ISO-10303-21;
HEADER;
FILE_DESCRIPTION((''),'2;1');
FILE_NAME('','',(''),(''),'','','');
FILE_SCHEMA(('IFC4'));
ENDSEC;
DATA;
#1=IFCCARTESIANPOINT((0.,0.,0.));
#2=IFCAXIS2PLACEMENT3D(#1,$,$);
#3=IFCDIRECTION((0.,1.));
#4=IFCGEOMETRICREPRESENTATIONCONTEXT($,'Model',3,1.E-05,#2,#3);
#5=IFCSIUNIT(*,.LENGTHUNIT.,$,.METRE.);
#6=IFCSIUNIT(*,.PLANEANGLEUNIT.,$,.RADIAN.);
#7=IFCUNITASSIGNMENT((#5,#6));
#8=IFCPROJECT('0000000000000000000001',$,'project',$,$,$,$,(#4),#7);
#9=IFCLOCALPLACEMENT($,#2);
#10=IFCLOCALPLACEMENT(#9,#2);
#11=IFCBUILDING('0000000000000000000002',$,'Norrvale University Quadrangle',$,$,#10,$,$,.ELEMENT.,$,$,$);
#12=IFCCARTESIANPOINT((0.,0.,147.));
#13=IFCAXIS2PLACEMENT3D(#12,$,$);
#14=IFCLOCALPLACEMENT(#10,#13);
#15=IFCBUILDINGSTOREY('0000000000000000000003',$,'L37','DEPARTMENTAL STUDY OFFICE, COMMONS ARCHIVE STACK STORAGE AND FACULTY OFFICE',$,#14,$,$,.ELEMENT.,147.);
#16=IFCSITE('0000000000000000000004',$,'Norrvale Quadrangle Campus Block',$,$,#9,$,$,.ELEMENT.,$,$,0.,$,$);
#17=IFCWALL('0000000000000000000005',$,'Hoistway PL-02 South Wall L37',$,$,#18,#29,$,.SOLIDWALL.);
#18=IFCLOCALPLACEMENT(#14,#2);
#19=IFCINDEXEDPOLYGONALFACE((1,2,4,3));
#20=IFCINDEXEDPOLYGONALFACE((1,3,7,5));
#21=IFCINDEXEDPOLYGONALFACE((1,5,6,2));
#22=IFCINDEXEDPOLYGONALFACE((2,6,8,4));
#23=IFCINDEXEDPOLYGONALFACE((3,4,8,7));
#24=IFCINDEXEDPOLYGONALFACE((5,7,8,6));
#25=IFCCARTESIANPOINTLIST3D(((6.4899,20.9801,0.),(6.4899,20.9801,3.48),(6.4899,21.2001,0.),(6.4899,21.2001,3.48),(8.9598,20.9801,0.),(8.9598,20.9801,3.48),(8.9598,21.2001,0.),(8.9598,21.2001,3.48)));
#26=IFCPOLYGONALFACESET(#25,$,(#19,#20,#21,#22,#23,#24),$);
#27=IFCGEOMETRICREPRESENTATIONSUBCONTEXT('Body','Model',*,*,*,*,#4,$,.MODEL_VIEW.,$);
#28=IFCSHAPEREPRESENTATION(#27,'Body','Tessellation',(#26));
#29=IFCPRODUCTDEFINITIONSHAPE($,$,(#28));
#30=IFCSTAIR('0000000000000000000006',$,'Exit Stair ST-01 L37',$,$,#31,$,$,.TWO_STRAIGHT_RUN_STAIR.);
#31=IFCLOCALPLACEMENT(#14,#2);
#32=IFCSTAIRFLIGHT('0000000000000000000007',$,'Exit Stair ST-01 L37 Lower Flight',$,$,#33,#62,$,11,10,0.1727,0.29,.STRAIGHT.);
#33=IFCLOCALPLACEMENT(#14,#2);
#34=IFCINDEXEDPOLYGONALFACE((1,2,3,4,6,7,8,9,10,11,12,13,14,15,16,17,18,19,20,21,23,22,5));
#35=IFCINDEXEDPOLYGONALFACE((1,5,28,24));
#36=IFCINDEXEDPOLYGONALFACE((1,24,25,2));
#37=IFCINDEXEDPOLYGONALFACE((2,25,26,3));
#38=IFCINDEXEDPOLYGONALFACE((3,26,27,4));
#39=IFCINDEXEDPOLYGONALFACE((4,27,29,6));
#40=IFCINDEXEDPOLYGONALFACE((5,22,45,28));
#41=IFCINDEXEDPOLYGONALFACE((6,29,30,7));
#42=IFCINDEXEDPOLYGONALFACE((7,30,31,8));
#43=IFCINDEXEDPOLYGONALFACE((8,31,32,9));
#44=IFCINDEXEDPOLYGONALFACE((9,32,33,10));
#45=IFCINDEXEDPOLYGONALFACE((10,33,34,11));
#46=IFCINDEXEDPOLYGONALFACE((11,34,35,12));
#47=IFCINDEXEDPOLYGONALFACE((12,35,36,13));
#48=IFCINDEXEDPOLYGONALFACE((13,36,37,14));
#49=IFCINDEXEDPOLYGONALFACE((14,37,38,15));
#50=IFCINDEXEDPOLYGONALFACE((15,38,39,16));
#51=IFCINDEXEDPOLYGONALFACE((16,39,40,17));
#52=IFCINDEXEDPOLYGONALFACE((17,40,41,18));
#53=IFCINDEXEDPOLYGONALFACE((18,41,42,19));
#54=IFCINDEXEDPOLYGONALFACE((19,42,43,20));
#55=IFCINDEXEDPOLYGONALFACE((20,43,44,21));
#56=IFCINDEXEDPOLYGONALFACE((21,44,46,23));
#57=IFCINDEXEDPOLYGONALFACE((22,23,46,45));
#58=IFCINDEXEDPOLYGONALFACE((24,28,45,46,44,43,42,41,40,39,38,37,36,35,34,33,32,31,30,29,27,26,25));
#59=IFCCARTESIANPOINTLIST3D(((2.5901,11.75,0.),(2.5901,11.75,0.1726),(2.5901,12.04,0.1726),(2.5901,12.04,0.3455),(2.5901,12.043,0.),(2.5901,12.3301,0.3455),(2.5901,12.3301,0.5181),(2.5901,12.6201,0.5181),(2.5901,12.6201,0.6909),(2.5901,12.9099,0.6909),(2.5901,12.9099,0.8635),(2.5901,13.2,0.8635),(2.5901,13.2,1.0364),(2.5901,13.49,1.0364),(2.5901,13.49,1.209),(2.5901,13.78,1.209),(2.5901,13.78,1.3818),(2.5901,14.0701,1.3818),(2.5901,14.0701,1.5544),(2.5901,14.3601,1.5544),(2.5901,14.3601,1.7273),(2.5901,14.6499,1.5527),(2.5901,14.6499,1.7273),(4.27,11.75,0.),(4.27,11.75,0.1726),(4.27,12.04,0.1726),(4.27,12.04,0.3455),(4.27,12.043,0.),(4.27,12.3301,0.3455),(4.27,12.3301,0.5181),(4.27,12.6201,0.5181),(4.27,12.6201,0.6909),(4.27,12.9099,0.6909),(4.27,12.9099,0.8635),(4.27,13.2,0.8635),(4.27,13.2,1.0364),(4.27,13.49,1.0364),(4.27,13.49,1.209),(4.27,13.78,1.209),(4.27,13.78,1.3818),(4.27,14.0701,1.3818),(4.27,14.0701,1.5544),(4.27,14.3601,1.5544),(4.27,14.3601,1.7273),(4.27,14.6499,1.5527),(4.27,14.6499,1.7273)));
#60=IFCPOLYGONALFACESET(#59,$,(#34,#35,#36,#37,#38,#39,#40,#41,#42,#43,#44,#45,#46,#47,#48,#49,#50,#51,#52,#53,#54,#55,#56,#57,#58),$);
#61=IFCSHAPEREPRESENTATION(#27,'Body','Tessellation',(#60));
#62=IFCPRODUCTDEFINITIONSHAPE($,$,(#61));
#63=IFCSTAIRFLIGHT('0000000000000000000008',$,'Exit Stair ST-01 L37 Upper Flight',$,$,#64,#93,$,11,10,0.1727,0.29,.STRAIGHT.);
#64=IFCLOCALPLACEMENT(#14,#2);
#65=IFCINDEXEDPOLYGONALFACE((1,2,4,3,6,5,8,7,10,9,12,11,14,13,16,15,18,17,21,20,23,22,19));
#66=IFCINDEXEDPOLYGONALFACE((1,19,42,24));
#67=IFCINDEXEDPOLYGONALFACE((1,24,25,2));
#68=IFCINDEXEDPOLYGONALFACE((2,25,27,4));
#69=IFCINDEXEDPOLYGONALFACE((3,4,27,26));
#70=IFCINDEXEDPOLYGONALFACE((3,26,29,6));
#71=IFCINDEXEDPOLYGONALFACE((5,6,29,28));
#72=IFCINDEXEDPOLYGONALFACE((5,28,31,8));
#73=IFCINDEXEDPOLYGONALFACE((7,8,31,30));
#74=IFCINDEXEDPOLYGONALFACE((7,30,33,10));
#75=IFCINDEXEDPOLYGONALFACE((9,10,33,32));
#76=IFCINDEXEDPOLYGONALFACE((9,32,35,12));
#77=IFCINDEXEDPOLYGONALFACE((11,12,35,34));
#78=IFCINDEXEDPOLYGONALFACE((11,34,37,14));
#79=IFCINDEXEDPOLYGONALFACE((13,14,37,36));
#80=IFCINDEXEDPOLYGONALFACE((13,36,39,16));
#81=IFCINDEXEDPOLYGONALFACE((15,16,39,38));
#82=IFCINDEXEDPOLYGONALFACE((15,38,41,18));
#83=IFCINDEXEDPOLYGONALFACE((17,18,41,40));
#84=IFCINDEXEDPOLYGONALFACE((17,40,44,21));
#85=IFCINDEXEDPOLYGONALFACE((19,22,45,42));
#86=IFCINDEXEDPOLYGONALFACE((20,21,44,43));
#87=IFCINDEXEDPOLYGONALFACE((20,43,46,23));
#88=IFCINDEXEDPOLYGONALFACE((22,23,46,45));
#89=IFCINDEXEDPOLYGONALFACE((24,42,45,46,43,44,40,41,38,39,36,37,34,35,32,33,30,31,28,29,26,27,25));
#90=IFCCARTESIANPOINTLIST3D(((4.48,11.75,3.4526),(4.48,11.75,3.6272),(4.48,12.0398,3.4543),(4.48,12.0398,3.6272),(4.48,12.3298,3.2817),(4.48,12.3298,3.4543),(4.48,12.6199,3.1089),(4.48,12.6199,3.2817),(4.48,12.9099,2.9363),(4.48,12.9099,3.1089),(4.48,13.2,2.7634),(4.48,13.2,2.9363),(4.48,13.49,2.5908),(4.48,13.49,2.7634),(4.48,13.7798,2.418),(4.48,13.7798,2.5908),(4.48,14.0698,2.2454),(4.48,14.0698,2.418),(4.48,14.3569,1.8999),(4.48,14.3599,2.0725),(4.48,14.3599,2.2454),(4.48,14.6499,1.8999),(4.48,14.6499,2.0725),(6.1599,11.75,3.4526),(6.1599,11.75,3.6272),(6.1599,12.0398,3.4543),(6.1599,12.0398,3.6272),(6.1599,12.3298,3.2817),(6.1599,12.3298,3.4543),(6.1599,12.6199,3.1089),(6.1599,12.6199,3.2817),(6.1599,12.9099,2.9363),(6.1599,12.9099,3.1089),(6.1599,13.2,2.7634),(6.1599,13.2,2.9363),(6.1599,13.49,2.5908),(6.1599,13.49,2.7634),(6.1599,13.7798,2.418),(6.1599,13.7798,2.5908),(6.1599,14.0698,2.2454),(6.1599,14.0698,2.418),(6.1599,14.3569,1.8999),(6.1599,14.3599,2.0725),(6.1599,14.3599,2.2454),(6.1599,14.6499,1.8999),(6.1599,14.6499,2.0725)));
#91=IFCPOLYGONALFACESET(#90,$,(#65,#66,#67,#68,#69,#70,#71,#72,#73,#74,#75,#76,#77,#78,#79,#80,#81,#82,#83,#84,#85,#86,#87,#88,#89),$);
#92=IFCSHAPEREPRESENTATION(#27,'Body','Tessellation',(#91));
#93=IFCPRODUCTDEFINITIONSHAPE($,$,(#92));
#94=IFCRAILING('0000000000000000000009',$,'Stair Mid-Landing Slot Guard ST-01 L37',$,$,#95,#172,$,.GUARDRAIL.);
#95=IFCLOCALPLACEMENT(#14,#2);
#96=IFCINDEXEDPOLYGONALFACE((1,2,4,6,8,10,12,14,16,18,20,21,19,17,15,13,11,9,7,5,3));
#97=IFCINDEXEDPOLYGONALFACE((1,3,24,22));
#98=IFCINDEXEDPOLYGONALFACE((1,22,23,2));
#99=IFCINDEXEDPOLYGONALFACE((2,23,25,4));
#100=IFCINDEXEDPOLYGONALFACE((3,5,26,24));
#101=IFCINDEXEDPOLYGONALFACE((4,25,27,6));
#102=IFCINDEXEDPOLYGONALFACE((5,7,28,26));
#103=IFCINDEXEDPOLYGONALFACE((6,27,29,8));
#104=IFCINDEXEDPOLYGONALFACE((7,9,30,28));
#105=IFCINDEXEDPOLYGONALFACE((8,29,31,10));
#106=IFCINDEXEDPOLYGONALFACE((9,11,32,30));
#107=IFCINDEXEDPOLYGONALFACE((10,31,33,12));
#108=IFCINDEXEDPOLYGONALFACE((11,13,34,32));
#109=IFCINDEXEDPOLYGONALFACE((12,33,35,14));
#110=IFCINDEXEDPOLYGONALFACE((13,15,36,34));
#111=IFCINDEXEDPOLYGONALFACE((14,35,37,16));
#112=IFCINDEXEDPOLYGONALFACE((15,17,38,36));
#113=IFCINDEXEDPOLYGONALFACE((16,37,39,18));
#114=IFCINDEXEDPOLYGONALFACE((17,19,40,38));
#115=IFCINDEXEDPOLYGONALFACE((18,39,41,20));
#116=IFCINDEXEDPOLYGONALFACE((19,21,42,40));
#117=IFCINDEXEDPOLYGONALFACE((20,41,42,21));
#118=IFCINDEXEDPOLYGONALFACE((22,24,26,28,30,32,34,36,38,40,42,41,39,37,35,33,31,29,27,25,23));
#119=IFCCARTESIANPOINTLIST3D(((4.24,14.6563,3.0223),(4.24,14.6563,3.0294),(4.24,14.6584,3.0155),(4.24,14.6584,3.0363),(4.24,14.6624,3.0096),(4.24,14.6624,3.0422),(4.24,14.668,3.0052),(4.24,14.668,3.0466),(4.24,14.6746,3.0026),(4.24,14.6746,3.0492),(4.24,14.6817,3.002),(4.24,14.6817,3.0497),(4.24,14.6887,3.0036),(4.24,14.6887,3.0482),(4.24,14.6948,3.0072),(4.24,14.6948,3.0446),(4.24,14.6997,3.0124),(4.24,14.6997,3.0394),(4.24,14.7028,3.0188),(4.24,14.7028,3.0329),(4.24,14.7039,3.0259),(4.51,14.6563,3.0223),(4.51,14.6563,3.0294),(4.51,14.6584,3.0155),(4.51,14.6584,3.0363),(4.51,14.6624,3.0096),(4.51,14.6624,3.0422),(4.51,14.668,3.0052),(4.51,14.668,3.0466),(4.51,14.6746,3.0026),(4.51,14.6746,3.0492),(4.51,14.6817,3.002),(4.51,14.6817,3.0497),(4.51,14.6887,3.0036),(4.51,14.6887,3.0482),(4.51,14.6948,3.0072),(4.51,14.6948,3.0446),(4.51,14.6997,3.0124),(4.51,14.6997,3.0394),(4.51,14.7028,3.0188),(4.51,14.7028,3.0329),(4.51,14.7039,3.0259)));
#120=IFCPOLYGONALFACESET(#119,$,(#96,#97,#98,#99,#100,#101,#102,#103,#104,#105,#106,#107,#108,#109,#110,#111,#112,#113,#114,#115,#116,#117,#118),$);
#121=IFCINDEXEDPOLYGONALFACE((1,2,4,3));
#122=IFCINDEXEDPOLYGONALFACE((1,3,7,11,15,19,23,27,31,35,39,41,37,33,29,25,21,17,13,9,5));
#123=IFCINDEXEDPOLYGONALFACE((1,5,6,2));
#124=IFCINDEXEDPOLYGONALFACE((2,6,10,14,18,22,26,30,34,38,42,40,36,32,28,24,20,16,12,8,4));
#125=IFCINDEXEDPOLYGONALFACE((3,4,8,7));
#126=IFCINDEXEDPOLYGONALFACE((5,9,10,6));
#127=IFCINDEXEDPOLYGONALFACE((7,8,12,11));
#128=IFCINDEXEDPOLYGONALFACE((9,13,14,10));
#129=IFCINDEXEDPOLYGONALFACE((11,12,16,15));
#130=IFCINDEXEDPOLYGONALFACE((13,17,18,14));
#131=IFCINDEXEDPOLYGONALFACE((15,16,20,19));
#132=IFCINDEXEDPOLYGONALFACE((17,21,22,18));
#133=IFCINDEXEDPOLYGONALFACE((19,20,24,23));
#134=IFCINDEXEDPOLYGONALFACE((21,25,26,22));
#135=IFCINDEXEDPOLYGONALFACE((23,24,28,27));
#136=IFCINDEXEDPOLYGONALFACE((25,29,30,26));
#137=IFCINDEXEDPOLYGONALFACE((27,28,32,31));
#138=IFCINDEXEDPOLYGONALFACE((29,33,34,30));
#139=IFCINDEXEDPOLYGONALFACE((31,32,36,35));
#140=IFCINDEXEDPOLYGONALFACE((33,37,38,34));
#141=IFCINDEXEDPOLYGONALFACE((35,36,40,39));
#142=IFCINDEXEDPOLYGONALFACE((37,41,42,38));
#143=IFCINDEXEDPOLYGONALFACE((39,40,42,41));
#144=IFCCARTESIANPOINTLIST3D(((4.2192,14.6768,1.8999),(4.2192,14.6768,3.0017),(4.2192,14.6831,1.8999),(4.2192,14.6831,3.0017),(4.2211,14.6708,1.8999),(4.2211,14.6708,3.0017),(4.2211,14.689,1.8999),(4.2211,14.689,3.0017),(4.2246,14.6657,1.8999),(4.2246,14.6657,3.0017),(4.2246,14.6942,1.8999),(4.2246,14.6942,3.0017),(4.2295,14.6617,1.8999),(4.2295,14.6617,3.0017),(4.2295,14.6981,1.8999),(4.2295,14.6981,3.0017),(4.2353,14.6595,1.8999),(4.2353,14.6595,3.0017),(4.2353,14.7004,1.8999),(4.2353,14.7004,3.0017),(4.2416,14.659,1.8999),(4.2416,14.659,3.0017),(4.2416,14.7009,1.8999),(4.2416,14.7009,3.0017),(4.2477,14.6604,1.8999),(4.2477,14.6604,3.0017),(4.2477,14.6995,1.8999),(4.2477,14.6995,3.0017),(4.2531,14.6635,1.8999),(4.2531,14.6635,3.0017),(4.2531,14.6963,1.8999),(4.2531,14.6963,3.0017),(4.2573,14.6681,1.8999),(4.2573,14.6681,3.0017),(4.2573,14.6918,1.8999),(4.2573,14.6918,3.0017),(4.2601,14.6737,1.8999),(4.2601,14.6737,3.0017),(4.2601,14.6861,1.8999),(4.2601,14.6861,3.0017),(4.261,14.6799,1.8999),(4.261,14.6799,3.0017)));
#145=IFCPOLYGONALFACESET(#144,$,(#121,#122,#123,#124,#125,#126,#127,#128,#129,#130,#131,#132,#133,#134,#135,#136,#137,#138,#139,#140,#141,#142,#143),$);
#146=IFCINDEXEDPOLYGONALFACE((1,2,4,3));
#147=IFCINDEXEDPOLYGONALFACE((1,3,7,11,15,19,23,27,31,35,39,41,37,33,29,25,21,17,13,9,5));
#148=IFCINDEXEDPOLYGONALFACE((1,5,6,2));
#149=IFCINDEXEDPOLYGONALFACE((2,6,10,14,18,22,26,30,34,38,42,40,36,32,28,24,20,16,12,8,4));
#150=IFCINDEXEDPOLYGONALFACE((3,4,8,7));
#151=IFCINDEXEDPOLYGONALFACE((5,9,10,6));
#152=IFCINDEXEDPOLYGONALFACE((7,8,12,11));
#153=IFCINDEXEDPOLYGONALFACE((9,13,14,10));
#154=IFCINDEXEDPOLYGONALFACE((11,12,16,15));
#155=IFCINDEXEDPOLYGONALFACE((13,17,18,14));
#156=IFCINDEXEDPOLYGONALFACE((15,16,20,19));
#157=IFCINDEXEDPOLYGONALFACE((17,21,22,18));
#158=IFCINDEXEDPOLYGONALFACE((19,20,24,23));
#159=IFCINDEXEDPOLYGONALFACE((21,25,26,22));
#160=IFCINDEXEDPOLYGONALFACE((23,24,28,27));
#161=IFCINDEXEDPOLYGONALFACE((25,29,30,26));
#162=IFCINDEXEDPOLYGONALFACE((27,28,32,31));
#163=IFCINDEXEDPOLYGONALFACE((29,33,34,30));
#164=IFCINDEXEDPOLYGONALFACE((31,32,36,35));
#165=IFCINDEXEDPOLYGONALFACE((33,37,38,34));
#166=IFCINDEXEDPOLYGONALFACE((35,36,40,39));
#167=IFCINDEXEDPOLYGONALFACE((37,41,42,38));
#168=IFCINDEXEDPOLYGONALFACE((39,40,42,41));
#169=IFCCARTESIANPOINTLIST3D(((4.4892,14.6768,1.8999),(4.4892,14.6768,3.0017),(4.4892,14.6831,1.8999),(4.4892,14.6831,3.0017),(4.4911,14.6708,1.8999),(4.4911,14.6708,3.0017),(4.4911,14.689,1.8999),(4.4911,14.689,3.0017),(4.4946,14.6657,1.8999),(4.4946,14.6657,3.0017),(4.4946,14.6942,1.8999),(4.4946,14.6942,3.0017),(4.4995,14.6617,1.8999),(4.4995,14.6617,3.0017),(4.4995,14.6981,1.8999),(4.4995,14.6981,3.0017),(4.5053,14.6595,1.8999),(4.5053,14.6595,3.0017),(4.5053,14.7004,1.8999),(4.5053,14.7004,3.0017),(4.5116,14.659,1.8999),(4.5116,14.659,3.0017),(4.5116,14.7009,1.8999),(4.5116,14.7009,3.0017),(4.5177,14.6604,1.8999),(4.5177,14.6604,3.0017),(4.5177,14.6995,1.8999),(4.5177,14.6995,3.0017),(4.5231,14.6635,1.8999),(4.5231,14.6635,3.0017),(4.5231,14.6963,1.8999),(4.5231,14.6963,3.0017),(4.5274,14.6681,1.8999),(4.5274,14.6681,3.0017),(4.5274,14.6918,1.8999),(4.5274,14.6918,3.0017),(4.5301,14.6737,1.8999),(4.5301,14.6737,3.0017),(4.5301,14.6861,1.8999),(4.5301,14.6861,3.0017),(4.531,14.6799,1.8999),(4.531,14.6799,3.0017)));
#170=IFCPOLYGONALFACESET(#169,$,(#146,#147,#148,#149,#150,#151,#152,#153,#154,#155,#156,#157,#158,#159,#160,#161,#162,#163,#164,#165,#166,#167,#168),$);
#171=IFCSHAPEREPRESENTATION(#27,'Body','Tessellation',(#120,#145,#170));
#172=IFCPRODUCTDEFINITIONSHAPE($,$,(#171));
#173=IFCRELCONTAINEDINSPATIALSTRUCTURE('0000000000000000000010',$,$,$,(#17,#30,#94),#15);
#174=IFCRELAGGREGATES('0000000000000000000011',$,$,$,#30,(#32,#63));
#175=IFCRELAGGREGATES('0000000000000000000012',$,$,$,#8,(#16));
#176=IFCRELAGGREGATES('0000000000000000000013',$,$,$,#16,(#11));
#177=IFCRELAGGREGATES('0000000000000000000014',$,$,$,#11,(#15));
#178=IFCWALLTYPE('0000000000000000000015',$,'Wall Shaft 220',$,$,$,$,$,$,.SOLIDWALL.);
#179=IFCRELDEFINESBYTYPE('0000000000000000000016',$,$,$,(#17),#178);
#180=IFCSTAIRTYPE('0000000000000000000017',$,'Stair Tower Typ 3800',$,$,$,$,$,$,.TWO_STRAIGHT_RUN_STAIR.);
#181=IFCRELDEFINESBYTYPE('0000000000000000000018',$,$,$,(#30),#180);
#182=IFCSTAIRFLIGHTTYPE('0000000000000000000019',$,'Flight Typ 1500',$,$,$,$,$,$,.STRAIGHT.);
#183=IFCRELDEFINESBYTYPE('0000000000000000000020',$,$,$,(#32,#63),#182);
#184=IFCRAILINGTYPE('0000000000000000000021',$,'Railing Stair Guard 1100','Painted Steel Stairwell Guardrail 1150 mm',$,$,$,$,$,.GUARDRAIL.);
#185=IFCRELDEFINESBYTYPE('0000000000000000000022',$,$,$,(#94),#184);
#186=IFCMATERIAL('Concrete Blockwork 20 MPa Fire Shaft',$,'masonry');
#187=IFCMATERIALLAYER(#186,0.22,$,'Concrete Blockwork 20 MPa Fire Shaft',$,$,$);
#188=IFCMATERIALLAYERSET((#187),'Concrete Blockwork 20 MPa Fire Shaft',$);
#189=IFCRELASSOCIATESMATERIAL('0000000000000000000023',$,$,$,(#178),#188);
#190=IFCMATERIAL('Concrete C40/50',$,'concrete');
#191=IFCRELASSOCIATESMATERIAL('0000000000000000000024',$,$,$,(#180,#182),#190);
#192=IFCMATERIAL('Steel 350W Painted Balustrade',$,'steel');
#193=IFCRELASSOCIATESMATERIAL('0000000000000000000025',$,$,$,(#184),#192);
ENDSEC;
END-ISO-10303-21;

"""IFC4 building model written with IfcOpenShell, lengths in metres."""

from ifc_helpers import new_model, si_unit, direction, frame, frame_2d, origin, origin_2d, place, context, subcontext, project, spatial, polyline, rectangle, circle, outline, extrude, material, layer, layer_set, type_object, element, aggregate, save


model = new_model("IFC4")

# Units and contexts
model_context = context("Model", 3, precision=1e-05, world=origin(), true_north=direction((0.0, 1.0)))
body_context = subcontext(model_context, "Body", "Model", "MODEL_VIEW")
ifc_project = project(units=[si_unit("LENGTHUNIT", "METRE"), si_unit("PLANEANGLEUNIT", "RADIAN")], contexts=[model_context])

# Site, building, storey
site_placement = place(None, origin())
site = spatial("IfcSite", under=ifc_project, at=site_placement, Name="Norrvale Quadrangle Campus Block", CompositionType="ELEMENT", RefElevation=0.0)
building_placement = place(site_placement, origin())
building = spatial("IfcBuilding", under=site, at=building_placement, Name="Norrvale University Quadrangle", CompositionType="ELEMENT")
storey_placement = place(building_placement, frame((0.0, 0.0, 147.0)))
storey = spatial("IfcBuildingStorey", under=building, at=storey_placement, Name="L37", Description="DEPARTMENTAL STUDY OFFICE, COMMONS ARCHIVE STACK STORAGE AND FACULTY OFFICE", CompositionType="ELEMENT", Elevation=147.0)

# Wall
ifc_material_1 = material(Name="Concrete Blockwork 20 MPa Fire Shaft", Category="masonry")
ifc_layer_1 = layer(ifc_material_1, 0.22, Name="Concrete Blockwork 20 MPa Fire Shaft")
ifc_layer_set_1 = layer_set([ifc_layer_1], Name="Concrete Blockwork 20 MPa Fire Shaft")
wall_type_1 = type_object("IfcWallType", Name="Wall Shaft 220", PredefinedType="SOLIDWALL", material=ifc_layer_set_1)
for number, where, z_axis, x_axis, name in (
    (1, (6.49, 21.0901, 0.0), (0.0, 0.0, 1.0), (1.0, 0.0, 0.0), "Hoistway PL-02 South Wall L37"),
):
    element("IfcWall", number, at=place(storey_placement, frame(where, z_axis=z_axis, x_axis=x_axis)), inside=storey, type_object=wall_type_1, Name=name, PredefinedType="SOLIDWALL", context=body_context, shape_type="SweptSolid", body=[
        extrude(rectangle(XDim=2.47, YDim=0.22, at=frame_2d((1.2349, 0.0))), origin(), (0.0, 0.0, 1.0), 3.48),
    ])

# Stair, stair flights
ifc_material_2 = material(Name="Concrete C40/50", Category="concrete")
stair_type = type_object("IfcStairType", Name="Stair Tower Typ 3800", PredefinedType="TWO_STRAIGHT_RUN_STAIR", material=ifc_material_2)
stair_placement = place(storey_placement, origin())
stair = element("IfcStair", 2, at=stair_placement, inside=storey, type_object=stair_type, Name="Exit Stair ST-01 L37", PredefinedType="TWO_STRAIGHT_RUN_STAIR")
stair_flight_type = type_object("IfcStairFlightType", Name="Flight Typ 1500", PredefinedType="STRAIGHT", material=ifc_material_2)
stair_flight_1_placement = place(storey_placement, frame((3.4299, 11.75, 0.0), z_axis=(0.0, 0.0, 1.0), x_axis=(0.0, 1.0, 0.0)))
stair_flight_1 = element("IfcStairFlight", 3, at=stair_flight_1_placement, type_object=stair_flight_type, Name="Exit Stair ST-01 L37 Lower Flight", NumberOfRisers=11, NumberOfTreads=10, PredefinedType="STRAIGHT", RiserHeight=0.1727, TreadLength=0.29, context=body_context, shape_type="SweptSolid", body=[
    extrude(outline(polyline([(0.0, 0.0), (0.0, 0.1726), (0.29, 0.1726), (0.29, 0.3455), (0.5801, 0.3455), (0.5801, 0.5181), (0.8701, 0.5181), (0.8701, 0.6909), (1.1599, 0.6909), (1.1599, 0.8635), (1.45, 0.8635), (1.45, 1.0364), (1.74, 1.0364), (1.74, 1.209), (2.03, 1.209), (2.03, 1.3818), (2.3201, 1.3818), (2.3201, 1.5544), (2.6101, 1.5544), (2.6101, 1.7273), (2.8999, 1.7273), (2.8999, 1.8999), (2.8999, 1.5527), (0.293, 0.0), (0.0, 0.0)])), frame((0.0, 0.8398, 0.0), z_axis=(0.0, -1.0, 0.0), x_axis=(1.0, 0.0, 0.0)), (0.0, 0.0, 1.0), 1.6799),
])
stair_flight_2_placement = place(storey_placement, frame((5.3201, 14.6499, 1.8999), z_axis=(0.0, 0.0, 1.0), x_axis=(0.0, -1.0, 0.0)))
stair_flight_2 = element("IfcStairFlight", 4, at=stair_flight_2_placement, type_object=stair_flight_type, Name="Exit Stair ST-01 L37 Upper Flight", NumberOfRisers=11, NumberOfTreads=10, PredefinedType="STRAIGHT", RiserHeight=0.1727, TreadLength=0.29, context=body_context, shape_type="SweptSolid", body=[
    extrude(outline(polyline([(0.0, 0.0), (0.0, 0.1726), (0.29, 0.1726), (0.29, 0.3455), (0.5801, 0.3455), (0.5801, 0.5181), (0.8701, 0.5181), (0.8701, 0.6909), (1.1599, 0.6909), (1.1599, 0.8635), (1.45, 0.8635), (1.45, 1.0364), (1.74, 1.0364), (1.74, 1.209), (2.03, 1.209), (2.03, 1.3818), (2.3201, 1.3818), (2.3201, 1.5544), (2.6101, 1.5544), (2.6101, 1.7273), (2.8999, 1.7273), (2.8999, 1.8999), (2.8999, 1.5527), (0.293, 0.0), (0.0, 0.0)])), frame((0.0, 0.8398, 0.0), z_axis=(0.0, -1.0, 0.0), x_axis=(1.0, 0.0, 0.0)), (0.0, 0.0, 1.0), 1.6799),
])
aggregate(stair, [stair_flight_1, stair_flight_2])

# Railing
ifc_material_3 = material(Name="Steel 350W Painted Balustrade", Category="steel")
railing_type_1 = type_object("IfcRailingType", Name="Railing Stair Guard 1100", Description="Painted Steel Stairwell Guardrail 1150 mm", PredefinedType="GUARDRAIL", material=ifc_material_3)
railing_1_placement = place(storey_placement, frame((4.24, 14.6799, 1.8999)))
element("IfcRailing", 5, at=railing_1_placement, inside=storey, type_object=railing_type_1, Name="Stair Mid-Landing Slot Guard ST-01 L37", PredefinedType="GUARDRAIL", context=body_context, shape_type="SweptSolid", body=[
    extrude(circle(Radius=0.0239, at=origin_2d()), frame((0.0, 0.0, 1.126), z_axis=(1.0, 0.0, 0.0), x_axis=(0.0, 1.0, 0.0)), (0.0, 0.0, 1.0), 0.27),
    extrude(circle(Radius=0.021, at=origin_2d()), origin(), (0.0, 0.0, 1.0), 1.1018),
    extrude(circle(Radius=0.021, at=origin_2d()), frame((0.27, 0.0, 0.0)), (0.0, 0.0, 1.0), 1.1018),
])

save(model, "model.ifc")
